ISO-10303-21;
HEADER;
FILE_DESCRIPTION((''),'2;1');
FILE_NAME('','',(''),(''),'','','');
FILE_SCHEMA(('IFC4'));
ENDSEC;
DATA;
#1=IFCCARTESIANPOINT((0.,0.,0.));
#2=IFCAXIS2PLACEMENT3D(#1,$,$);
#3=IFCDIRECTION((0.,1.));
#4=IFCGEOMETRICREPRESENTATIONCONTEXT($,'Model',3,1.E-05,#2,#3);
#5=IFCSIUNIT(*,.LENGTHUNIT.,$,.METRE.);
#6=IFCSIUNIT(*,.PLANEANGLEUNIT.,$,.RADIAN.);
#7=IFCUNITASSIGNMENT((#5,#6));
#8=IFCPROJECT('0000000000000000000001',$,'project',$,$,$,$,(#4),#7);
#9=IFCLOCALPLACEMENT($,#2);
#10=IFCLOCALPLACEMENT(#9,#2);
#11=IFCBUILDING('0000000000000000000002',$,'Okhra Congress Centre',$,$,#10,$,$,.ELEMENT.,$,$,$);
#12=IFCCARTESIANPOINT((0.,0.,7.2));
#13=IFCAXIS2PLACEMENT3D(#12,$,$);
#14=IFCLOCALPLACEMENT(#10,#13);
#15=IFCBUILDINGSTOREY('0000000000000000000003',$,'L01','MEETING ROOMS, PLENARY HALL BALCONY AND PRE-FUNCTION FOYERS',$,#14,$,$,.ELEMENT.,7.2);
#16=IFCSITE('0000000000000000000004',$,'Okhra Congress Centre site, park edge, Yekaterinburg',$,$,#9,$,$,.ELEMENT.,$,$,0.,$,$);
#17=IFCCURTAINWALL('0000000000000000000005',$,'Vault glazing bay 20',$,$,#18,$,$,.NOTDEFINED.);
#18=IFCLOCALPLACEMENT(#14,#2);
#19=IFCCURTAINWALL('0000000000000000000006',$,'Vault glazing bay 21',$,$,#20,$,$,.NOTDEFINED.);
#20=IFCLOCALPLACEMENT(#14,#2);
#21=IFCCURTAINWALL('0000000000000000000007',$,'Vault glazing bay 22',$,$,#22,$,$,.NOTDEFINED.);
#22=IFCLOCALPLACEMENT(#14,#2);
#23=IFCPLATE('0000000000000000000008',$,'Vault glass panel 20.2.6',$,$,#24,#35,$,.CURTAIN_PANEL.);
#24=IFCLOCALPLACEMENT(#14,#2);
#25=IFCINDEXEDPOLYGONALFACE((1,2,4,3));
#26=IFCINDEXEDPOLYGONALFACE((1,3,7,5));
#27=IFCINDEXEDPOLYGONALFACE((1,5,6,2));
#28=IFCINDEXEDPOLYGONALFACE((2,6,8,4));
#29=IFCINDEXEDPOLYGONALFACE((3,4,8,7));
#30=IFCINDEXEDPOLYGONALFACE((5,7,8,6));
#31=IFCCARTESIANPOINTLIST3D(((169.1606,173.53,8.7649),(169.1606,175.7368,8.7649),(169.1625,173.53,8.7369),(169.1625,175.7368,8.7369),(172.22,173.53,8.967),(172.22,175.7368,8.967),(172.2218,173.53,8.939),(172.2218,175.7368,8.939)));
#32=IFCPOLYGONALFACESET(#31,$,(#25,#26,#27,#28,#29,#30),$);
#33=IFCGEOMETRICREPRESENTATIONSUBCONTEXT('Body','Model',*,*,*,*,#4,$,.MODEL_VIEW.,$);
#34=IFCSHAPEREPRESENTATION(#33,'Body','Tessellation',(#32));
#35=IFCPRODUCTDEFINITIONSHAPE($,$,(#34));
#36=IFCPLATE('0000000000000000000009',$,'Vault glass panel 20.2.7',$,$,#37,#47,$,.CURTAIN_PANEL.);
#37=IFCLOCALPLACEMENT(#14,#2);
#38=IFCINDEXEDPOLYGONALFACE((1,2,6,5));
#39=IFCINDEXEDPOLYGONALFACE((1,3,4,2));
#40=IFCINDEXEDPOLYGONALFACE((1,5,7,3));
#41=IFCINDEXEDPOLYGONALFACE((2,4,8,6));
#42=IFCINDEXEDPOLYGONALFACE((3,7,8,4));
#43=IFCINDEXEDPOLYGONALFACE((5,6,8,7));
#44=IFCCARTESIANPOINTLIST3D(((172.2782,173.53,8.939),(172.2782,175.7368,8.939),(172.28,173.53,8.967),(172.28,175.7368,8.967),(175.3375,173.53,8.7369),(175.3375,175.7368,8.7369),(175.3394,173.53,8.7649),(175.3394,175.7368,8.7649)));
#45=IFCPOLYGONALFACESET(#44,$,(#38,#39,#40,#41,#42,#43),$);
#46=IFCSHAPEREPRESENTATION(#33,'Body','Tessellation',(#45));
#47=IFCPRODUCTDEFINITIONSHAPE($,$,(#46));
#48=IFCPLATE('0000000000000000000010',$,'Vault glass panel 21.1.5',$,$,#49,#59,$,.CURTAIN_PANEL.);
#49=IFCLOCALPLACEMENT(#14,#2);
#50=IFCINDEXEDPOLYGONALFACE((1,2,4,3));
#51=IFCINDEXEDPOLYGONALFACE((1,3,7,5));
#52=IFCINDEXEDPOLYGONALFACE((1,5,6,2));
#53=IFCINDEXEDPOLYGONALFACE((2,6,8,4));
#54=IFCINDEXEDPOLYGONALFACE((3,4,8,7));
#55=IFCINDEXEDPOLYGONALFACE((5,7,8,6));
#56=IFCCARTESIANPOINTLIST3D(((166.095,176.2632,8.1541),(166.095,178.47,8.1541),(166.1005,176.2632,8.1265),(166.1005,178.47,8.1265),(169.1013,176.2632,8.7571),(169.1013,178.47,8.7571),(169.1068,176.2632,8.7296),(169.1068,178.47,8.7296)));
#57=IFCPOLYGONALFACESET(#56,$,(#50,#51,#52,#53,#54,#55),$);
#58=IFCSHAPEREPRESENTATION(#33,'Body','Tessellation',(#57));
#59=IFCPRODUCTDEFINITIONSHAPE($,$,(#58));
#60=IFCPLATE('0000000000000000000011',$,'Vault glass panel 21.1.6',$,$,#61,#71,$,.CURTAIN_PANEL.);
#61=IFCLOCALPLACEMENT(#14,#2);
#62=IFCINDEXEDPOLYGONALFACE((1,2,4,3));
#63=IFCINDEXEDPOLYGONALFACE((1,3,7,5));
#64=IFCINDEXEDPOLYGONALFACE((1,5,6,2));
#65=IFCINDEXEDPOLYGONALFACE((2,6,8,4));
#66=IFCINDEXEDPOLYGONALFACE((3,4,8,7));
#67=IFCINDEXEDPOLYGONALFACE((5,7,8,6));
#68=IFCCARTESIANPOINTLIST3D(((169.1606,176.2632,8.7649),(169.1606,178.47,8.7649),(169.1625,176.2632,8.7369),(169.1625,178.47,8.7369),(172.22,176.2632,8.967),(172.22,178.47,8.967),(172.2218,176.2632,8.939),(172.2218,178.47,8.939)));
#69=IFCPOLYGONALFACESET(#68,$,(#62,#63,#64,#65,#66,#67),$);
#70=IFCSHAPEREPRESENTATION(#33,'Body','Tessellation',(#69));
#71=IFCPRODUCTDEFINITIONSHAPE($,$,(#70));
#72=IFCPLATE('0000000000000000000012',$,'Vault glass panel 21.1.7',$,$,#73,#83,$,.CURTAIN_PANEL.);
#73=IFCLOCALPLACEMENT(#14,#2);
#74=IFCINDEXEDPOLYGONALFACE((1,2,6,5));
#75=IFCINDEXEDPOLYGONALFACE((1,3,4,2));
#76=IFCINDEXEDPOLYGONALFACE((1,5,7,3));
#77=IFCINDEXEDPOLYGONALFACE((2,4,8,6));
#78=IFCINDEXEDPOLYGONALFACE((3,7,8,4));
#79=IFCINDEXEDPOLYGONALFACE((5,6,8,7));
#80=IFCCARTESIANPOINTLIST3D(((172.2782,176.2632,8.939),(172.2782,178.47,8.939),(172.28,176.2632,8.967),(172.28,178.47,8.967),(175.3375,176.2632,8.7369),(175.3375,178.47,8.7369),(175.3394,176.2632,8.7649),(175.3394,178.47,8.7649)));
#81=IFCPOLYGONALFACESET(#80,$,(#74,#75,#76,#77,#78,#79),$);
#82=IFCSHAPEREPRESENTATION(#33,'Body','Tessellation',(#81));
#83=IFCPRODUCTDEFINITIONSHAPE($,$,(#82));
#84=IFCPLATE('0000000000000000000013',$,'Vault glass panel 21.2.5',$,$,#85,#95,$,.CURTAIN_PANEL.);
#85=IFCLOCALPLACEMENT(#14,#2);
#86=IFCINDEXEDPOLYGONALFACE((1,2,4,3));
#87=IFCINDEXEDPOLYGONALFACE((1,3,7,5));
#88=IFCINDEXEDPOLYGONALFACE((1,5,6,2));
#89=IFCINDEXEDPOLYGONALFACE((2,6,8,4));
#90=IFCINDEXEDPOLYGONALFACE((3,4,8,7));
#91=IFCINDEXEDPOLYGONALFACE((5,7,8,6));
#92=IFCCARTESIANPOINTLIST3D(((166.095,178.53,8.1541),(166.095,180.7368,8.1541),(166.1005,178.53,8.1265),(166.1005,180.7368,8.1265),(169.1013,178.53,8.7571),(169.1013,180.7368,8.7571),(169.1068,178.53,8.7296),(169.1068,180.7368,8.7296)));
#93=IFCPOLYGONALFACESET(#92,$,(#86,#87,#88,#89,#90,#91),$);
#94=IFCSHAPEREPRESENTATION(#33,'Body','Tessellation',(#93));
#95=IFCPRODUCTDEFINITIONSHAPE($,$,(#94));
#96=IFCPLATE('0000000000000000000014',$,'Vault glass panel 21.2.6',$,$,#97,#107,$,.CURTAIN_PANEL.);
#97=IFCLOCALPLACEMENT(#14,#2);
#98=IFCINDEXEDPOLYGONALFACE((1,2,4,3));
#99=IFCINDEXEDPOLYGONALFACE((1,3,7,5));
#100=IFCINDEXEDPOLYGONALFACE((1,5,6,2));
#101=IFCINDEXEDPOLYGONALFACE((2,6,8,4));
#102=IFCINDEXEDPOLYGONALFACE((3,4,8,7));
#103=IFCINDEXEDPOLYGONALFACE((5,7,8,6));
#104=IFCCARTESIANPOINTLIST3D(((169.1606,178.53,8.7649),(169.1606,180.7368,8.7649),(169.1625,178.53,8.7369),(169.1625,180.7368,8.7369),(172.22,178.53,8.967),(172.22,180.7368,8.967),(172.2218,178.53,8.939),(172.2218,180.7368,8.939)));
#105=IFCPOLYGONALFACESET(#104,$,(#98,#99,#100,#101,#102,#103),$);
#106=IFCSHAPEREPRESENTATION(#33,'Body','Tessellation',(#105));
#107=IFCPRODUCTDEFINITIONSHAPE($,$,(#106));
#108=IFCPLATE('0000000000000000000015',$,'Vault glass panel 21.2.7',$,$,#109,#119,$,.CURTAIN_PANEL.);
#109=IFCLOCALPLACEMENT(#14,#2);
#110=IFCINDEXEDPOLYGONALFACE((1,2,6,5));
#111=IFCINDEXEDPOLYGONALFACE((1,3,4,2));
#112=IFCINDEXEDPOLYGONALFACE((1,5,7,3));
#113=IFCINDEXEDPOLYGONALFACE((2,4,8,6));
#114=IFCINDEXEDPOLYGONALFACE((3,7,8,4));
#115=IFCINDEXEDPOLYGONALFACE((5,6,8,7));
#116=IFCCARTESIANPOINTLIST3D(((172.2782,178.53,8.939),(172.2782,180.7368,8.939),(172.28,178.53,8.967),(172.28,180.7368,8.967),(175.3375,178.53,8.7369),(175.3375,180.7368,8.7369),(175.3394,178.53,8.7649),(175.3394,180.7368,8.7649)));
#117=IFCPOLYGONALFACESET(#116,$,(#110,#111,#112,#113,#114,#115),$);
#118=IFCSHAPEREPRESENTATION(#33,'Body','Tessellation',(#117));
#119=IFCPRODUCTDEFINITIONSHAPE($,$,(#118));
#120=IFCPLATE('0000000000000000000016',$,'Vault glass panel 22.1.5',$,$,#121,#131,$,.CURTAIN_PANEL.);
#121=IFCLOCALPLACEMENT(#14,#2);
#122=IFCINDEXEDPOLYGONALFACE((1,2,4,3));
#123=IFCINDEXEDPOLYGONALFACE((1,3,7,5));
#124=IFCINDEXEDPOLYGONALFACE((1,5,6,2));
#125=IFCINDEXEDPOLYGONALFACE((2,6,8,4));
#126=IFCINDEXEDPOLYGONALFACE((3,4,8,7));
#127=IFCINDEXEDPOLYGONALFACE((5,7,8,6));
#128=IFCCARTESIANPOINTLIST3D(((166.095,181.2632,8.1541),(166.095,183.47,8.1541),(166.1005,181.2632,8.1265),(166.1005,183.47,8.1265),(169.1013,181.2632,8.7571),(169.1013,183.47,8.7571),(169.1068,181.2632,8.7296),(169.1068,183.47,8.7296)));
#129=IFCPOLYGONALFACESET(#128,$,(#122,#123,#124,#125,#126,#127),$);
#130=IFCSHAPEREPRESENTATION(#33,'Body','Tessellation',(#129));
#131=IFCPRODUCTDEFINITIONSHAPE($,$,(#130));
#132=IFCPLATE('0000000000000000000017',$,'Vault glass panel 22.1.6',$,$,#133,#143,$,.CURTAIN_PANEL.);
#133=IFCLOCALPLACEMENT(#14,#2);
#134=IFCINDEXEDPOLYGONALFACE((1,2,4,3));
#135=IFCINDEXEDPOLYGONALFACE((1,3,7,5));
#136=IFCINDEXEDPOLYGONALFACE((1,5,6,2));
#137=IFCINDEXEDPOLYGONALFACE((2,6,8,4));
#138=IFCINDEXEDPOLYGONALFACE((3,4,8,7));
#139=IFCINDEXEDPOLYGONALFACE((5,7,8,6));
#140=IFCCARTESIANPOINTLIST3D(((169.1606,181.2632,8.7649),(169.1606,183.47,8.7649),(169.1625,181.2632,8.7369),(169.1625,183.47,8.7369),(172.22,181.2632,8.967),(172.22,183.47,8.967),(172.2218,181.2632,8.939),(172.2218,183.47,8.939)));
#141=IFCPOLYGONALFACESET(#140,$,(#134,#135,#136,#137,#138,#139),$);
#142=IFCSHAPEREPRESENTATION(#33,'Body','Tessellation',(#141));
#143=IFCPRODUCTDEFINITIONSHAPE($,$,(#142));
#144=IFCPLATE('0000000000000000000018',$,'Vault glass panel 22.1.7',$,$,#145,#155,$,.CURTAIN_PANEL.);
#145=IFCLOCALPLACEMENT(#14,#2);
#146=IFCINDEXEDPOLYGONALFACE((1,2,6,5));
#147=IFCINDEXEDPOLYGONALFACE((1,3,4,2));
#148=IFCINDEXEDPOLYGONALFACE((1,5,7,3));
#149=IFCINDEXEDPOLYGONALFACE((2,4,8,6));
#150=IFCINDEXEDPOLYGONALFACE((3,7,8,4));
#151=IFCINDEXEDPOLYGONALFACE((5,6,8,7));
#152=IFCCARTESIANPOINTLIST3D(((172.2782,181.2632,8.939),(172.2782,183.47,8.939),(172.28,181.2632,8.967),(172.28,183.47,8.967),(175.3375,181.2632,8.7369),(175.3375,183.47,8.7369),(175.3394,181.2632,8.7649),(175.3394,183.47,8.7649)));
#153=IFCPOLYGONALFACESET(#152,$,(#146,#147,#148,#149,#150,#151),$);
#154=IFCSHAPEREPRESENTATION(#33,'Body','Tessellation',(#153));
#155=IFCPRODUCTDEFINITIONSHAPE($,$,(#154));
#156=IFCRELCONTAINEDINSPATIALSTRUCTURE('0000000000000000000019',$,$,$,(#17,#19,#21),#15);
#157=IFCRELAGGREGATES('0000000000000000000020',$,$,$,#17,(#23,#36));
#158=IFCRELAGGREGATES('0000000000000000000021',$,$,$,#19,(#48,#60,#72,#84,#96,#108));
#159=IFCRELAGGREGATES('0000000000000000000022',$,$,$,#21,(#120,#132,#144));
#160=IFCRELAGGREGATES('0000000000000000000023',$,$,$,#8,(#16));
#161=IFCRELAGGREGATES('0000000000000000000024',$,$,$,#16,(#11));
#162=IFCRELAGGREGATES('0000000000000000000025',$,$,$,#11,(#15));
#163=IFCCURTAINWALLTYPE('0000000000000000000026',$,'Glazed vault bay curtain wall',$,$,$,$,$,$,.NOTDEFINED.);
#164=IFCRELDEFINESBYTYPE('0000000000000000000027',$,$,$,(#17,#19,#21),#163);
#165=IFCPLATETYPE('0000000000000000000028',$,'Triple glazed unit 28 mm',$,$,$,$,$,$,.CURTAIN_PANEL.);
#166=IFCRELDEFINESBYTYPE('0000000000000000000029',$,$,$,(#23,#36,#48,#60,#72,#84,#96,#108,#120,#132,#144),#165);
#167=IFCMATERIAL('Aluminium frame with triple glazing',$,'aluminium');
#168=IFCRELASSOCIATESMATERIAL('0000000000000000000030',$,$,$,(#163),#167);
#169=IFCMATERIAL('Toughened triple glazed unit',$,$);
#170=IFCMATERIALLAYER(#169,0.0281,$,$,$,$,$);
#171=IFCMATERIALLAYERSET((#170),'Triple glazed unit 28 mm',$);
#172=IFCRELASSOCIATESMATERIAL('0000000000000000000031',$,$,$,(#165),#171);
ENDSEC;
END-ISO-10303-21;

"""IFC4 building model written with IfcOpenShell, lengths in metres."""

from ifc_helpers import new_model, si_unit, direction, frame, origin, place, context, subcontext, project, spatial, polyline, outline, extrude, material, layer, layer_set, type_object, element, aggregate, save


model = new_model("IFC4")

# Units and contexts
model_context = context("Model", 3, precision=1e-05, world=origin(), true_north=direction((0.0, 1.0)))
body_context = subcontext(model_context, "Body", "Model", "MODEL_VIEW")
ifc_project = project(units=[si_unit("LENGTHUNIT", "METRE"), si_unit("PLANEANGLEUNIT", "RADIAN")], contexts=[model_context])

# Site, building, storey
site_placement = place(None, origin())
site = spatial("IfcSite", under=ifc_project, at=site_placement, Name="Okhra Congress Centre site, park edge, Yekaterinburg", CompositionType="ELEMENT", RefElevation=0.0)
building_placement = place(site_placement, origin())
building = spatial("IfcBuilding", under=site, at=building_placement, Name="Okhra Congress Centre", CompositionType="ELEMENT")
storey_placement = place(building_placement, frame((0.0, 0.0, 7.2)))
storey = spatial("IfcBuildingStorey", under=building, at=storey_placement, Name="L01", Description="MEETING ROOMS, PLENARY HALL BALCONY AND PRE-FUNCTION FOYERS", CompositionType="ELEMENT", Elevation=7.2)

# Curtain walls
ifc_material_1 = material(Name="Aluminium frame with triple glazing", Category="aluminium")
curtain_wall_type = type_object("IfcCurtainWallType", Name="Glazed vault bay curtain wall", PredefinedType="NOTDEFINED", material=ifc_material_1)
curtain_wall_1_placement = place(storey_placement, origin())
curtain_wall_1 = element("IfcCurtainWall", 1, at=curtain_wall_1_placement, inside=storey, type_object=curtain_wall_type, Name="Vault glazing bay 20", PredefinedType="NOTDEFINED")
curtain_wall_2_placement = place(storey_placement, origin())
curtain_wall_2 = element("IfcCurtainWall", 2, at=curtain_wall_2_placement, inside=storey, type_object=curtain_wall_type, Name="Vault glazing bay 21", PredefinedType="NOTDEFINED")
curtain_wall_3_placement = place(storey_placement, origin())
curtain_wall_3 = element("IfcCurtainWall", 3, at=curtain_wall_3_placement, inside=storey, type_object=curtain_wall_type, Name="Vault glazing bay 22", PredefinedType="NOTDEFINED")

# Plates
ifc_material_2 = material(Name="Toughened triple glazed unit")
ifc_layer = layer(ifc_material_2, 0.0281)
ifc_layer_set = layer_set([ifc_layer], Name="Triple glazed unit 28 mm")
plate_type = type_object("IfcPlateType", Name="Triple glazed unit 28 mm", PredefinedType="CURTAIN_PANEL", material=ifc_layer_set)
plate_1_placement = place(storey_placement, frame((169.1606, 173.53, 8.7649), z_axis=(-0.065932, 0.0, 0.997824), x_axis=(0.997824, 0.0, 0.065932)))
plate_1 = element("IfcPlate", 4, at=plate_1_placement, type_object=plate_type, Name="Vault glass panel 20.2.6", PredefinedType="CURTAIN_PANEL", context=body_context, shape_type="SweptSolid", body=[
    extrude(outline(polyline([(0.0, 0.0), (3.066, 0.0), (3.066, 2.2068), (0.0, 2.2068), (0.0, 0.0)])), origin(), (0.0, 0.0, -1.0), 0.0281),
])
plate_2_placement = place(storey_placement, frame((172.28, 173.53, 8.967), z_axis=(0.065932, 0.0, 0.997824), x_axis=(0.997824, 0.0, -0.065932)))
plate_2 = element("IfcPlate", 5, at=plate_2_placement, type_object=plate_type, Name="Vault glass panel 20.2.7", PredefinedType="CURTAIN_PANEL", context=body_context, shape_type="SweptSolid", body=[
    extrude(outline(polyline([(0.0, 0.0), (3.066, 0.0), (3.066, 2.2068), (0.0, 2.2068), (0.0, 0.0)])), origin(), (0.0, 0.0, -1.0), 0.0281),
])
aggregate(curtain_wall_1, [plate_1, plate_2])
plate_3_placement = place(storey_placement, frame((166.095, 176.2632, 8.1541), z_axis=(-0.196667, 0.0, 0.98047), x_axis=(0.98047, 0.0, 0.196667)))
plate_3 = element("IfcPlate", 6, at=plate_3_placement, type_object=plate_type, Name="Vault glass panel 21.1.5", PredefinedType="CURTAIN_PANEL", context=body_context, shape_type="SweptSolid", body=[
    extrude(outline(polyline([(0.0, 0.0), (3.0662, 0.0), (3.0662, 2.2068), (0.0, 2.2068), (0.0, 0.0)])), origin(), (0.0, 0.0, -1.0), 0.0281),
])
plate_4_placement = place(storey_placement, frame((169.1606, 176.2632, 8.7649), z_axis=(-0.065932, 0.0, 0.997824), x_axis=(0.997824, 0.0, 0.065932)))
plate_4 = element("IfcPlate", 7, at=plate_4_placement, type_object=plate_type, Name="Vault glass panel 21.1.6", PredefinedType="CURTAIN_PANEL", context=body_context, shape_type="SweptSolid", body=[
    extrude(outline(polyline([(0.0, 0.0), (3.066, 0.0), (3.066, 2.2068), (0.0, 2.2068), (0.0, 0.0)])), origin(), (0.0, 0.0, -1.0), 0.0281),
])
plate_5_placement = place(storey_placement, frame((172.28, 176.2632, 8.967), z_axis=(0.065932, 0.0, 0.997824), x_axis=(0.997824, 0.0, -0.065932)))
plate_5 = element("IfcPlate", 8, at=plate_5_placement, type_object=plate_type, Name="Vault glass panel 21.1.7", PredefinedType="CURTAIN_PANEL", context=body_context, shape_type="SweptSolid", body=[
    extrude(outline(polyline([(0.0, 0.0), (3.066, 0.0), (3.066, 2.2068), (0.0, 2.2068), (0.0, 0.0)])), origin(), (0.0, 0.0, -1.0), 0.0281),
])
plate_6_placement = place(storey_placement, frame((166.095, 178.53, 8.1541), z_axis=(-0.196667, 0.0, 0.98047), x_axis=(0.98047, 0.0, 0.196667)))
plate_6 = element("IfcPlate", 9, at=plate_6_placement, type_object=plate_type, Name="Vault glass panel 21.2.5", PredefinedType="CURTAIN_PANEL", context=body_context, shape_type="SweptSolid", body=[
    extrude(outline(polyline([(0.0, 0.0), (3.0662, 0.0), (3.0662, 2.2068), (0.0, 2.2068), (0.0, 0.0)])), origin(), (0.0, 0.0, -1.0), 0.0281),
])
plate_7_placement = place(storey_placement, frame((169.1606, 178.53, 8.7649), z_axis=(-0.065932, 0.0, 0.997824), x_axis=(0.997824, 0.0, 0.065932)))
plate_7 = element("IfcPlate", 10, at=plate_7_placement, type_object=plate_type, Name="Vault glass panel 21.2.6", PredefinedType="CURTAIN_PANEL", context=body_context, shape_type="SweptSolid", body=[
    extrude(outline(polyline([(0.0, 0.0), (3.066, 0.0), (3.066, 2.2068), (0.0, 2.2068), (0.0, 0.0)])), origin(), (0.0, 0.0, -1.0), 0.0281),
])
plate_8_placement = place(storey_placement, frame((172.28, 178.53, 8.967), z_axis=(0.065932, 0.0, 0.997824), x_axis=(0.997824, 0.0, -0.065932)))
plate_8 = element("IfcPlate", 11, at=plate_8_placement, type_object=plate_type, Name="Vault glass panel 21.2.7", PredefinedType="CURTAIN_PANEL", context=body_context, shape_type="SweptSolid", body=[
    extrude(outline(polyline([(0.0, 0.0), (3.066, 0.0), (3.066, 2.2068), (0.0, 2.2068), (0.0, 0.0)])), origin(), (0.0, 0.0, -1.0), 0.0281),
])
aggregate(curtain_wall_2, [plate_3, plate_4, plate_5, plate_6, plate_7, plate_8])
plate_9_placement = place(storey_placement, frame((166.095, 181.2632, 8.1541), z_axis=(-0.196667, 0.0, 0.98047), x_axis=(0.98047, 0.0, 0.196667)))
plate_9 = element("IfcPlate", 12, at=plate_9_placement, type_object=plate_type, Name="Vault glass panel 22.1.5", PredefinedType="CURTAIN_PANEL", context=body_context, shape_type="SweptSolid", body=[
    extrude(outline(polyline([(0.0, 0.0), (3.0662, 0.0), (3.0662, 2.2068), (0.0, 2.2068), (0.0, 0.0)])), origin(), (0.0, 0.0, -1.0), 0.0281),
])
plate_10_placement = place(storey_placement, frame((169.1606, 181.2632, 8.7649), z_axis=(-0.065932, 0.0, 0.997824), x_axis=(0.997824, 0.0, 0.065932)))
plate_10 = element("IfcPlate", 13, at=plate_10_placement, type_object=plate_type, Name="Vault glass panel 22.1.6", PredefinedType="CURTAIN_PANEL", context=body_context, shape_type="SweptSolid", body=[
    extrude(outline(polyline([(0.0, 0.0), (3.066, 0.0), (3.066, 2.2068), (0.0, 2.2068), (0.0, 0.0)])), origin(), (0.0, 0.0, -1.0), 0.0281),
])
plate_11_placement = place(storey_placement, frame((172.28, 181.2632, 8.967), z_axis=(0.065932, 0.0, 0.997824), x_axis=(0.997824, 0.0, -0.065932)))
plate_11 = element("IfcPlate", 14, at=plate_11_placement, type_object=plate_type, Name="Vault glass panel 22.1.7", PredefinedType="CURTAIN_PANEL", context=body_context, shape_type="SweptSolid", body=[
    extrude(outline(polyline([(0.0, 0.0), (3.066, 0.0), (3.066, 2.2068), (0.0, 2.2068), (0.0, 0.0)])), origin(), (0.0, 0.0, -1.0), 0.0281),
])
aggregate(curtain_wall_3, [plate_9, plate_10, plate_11])

save(model, "model.ifc")
